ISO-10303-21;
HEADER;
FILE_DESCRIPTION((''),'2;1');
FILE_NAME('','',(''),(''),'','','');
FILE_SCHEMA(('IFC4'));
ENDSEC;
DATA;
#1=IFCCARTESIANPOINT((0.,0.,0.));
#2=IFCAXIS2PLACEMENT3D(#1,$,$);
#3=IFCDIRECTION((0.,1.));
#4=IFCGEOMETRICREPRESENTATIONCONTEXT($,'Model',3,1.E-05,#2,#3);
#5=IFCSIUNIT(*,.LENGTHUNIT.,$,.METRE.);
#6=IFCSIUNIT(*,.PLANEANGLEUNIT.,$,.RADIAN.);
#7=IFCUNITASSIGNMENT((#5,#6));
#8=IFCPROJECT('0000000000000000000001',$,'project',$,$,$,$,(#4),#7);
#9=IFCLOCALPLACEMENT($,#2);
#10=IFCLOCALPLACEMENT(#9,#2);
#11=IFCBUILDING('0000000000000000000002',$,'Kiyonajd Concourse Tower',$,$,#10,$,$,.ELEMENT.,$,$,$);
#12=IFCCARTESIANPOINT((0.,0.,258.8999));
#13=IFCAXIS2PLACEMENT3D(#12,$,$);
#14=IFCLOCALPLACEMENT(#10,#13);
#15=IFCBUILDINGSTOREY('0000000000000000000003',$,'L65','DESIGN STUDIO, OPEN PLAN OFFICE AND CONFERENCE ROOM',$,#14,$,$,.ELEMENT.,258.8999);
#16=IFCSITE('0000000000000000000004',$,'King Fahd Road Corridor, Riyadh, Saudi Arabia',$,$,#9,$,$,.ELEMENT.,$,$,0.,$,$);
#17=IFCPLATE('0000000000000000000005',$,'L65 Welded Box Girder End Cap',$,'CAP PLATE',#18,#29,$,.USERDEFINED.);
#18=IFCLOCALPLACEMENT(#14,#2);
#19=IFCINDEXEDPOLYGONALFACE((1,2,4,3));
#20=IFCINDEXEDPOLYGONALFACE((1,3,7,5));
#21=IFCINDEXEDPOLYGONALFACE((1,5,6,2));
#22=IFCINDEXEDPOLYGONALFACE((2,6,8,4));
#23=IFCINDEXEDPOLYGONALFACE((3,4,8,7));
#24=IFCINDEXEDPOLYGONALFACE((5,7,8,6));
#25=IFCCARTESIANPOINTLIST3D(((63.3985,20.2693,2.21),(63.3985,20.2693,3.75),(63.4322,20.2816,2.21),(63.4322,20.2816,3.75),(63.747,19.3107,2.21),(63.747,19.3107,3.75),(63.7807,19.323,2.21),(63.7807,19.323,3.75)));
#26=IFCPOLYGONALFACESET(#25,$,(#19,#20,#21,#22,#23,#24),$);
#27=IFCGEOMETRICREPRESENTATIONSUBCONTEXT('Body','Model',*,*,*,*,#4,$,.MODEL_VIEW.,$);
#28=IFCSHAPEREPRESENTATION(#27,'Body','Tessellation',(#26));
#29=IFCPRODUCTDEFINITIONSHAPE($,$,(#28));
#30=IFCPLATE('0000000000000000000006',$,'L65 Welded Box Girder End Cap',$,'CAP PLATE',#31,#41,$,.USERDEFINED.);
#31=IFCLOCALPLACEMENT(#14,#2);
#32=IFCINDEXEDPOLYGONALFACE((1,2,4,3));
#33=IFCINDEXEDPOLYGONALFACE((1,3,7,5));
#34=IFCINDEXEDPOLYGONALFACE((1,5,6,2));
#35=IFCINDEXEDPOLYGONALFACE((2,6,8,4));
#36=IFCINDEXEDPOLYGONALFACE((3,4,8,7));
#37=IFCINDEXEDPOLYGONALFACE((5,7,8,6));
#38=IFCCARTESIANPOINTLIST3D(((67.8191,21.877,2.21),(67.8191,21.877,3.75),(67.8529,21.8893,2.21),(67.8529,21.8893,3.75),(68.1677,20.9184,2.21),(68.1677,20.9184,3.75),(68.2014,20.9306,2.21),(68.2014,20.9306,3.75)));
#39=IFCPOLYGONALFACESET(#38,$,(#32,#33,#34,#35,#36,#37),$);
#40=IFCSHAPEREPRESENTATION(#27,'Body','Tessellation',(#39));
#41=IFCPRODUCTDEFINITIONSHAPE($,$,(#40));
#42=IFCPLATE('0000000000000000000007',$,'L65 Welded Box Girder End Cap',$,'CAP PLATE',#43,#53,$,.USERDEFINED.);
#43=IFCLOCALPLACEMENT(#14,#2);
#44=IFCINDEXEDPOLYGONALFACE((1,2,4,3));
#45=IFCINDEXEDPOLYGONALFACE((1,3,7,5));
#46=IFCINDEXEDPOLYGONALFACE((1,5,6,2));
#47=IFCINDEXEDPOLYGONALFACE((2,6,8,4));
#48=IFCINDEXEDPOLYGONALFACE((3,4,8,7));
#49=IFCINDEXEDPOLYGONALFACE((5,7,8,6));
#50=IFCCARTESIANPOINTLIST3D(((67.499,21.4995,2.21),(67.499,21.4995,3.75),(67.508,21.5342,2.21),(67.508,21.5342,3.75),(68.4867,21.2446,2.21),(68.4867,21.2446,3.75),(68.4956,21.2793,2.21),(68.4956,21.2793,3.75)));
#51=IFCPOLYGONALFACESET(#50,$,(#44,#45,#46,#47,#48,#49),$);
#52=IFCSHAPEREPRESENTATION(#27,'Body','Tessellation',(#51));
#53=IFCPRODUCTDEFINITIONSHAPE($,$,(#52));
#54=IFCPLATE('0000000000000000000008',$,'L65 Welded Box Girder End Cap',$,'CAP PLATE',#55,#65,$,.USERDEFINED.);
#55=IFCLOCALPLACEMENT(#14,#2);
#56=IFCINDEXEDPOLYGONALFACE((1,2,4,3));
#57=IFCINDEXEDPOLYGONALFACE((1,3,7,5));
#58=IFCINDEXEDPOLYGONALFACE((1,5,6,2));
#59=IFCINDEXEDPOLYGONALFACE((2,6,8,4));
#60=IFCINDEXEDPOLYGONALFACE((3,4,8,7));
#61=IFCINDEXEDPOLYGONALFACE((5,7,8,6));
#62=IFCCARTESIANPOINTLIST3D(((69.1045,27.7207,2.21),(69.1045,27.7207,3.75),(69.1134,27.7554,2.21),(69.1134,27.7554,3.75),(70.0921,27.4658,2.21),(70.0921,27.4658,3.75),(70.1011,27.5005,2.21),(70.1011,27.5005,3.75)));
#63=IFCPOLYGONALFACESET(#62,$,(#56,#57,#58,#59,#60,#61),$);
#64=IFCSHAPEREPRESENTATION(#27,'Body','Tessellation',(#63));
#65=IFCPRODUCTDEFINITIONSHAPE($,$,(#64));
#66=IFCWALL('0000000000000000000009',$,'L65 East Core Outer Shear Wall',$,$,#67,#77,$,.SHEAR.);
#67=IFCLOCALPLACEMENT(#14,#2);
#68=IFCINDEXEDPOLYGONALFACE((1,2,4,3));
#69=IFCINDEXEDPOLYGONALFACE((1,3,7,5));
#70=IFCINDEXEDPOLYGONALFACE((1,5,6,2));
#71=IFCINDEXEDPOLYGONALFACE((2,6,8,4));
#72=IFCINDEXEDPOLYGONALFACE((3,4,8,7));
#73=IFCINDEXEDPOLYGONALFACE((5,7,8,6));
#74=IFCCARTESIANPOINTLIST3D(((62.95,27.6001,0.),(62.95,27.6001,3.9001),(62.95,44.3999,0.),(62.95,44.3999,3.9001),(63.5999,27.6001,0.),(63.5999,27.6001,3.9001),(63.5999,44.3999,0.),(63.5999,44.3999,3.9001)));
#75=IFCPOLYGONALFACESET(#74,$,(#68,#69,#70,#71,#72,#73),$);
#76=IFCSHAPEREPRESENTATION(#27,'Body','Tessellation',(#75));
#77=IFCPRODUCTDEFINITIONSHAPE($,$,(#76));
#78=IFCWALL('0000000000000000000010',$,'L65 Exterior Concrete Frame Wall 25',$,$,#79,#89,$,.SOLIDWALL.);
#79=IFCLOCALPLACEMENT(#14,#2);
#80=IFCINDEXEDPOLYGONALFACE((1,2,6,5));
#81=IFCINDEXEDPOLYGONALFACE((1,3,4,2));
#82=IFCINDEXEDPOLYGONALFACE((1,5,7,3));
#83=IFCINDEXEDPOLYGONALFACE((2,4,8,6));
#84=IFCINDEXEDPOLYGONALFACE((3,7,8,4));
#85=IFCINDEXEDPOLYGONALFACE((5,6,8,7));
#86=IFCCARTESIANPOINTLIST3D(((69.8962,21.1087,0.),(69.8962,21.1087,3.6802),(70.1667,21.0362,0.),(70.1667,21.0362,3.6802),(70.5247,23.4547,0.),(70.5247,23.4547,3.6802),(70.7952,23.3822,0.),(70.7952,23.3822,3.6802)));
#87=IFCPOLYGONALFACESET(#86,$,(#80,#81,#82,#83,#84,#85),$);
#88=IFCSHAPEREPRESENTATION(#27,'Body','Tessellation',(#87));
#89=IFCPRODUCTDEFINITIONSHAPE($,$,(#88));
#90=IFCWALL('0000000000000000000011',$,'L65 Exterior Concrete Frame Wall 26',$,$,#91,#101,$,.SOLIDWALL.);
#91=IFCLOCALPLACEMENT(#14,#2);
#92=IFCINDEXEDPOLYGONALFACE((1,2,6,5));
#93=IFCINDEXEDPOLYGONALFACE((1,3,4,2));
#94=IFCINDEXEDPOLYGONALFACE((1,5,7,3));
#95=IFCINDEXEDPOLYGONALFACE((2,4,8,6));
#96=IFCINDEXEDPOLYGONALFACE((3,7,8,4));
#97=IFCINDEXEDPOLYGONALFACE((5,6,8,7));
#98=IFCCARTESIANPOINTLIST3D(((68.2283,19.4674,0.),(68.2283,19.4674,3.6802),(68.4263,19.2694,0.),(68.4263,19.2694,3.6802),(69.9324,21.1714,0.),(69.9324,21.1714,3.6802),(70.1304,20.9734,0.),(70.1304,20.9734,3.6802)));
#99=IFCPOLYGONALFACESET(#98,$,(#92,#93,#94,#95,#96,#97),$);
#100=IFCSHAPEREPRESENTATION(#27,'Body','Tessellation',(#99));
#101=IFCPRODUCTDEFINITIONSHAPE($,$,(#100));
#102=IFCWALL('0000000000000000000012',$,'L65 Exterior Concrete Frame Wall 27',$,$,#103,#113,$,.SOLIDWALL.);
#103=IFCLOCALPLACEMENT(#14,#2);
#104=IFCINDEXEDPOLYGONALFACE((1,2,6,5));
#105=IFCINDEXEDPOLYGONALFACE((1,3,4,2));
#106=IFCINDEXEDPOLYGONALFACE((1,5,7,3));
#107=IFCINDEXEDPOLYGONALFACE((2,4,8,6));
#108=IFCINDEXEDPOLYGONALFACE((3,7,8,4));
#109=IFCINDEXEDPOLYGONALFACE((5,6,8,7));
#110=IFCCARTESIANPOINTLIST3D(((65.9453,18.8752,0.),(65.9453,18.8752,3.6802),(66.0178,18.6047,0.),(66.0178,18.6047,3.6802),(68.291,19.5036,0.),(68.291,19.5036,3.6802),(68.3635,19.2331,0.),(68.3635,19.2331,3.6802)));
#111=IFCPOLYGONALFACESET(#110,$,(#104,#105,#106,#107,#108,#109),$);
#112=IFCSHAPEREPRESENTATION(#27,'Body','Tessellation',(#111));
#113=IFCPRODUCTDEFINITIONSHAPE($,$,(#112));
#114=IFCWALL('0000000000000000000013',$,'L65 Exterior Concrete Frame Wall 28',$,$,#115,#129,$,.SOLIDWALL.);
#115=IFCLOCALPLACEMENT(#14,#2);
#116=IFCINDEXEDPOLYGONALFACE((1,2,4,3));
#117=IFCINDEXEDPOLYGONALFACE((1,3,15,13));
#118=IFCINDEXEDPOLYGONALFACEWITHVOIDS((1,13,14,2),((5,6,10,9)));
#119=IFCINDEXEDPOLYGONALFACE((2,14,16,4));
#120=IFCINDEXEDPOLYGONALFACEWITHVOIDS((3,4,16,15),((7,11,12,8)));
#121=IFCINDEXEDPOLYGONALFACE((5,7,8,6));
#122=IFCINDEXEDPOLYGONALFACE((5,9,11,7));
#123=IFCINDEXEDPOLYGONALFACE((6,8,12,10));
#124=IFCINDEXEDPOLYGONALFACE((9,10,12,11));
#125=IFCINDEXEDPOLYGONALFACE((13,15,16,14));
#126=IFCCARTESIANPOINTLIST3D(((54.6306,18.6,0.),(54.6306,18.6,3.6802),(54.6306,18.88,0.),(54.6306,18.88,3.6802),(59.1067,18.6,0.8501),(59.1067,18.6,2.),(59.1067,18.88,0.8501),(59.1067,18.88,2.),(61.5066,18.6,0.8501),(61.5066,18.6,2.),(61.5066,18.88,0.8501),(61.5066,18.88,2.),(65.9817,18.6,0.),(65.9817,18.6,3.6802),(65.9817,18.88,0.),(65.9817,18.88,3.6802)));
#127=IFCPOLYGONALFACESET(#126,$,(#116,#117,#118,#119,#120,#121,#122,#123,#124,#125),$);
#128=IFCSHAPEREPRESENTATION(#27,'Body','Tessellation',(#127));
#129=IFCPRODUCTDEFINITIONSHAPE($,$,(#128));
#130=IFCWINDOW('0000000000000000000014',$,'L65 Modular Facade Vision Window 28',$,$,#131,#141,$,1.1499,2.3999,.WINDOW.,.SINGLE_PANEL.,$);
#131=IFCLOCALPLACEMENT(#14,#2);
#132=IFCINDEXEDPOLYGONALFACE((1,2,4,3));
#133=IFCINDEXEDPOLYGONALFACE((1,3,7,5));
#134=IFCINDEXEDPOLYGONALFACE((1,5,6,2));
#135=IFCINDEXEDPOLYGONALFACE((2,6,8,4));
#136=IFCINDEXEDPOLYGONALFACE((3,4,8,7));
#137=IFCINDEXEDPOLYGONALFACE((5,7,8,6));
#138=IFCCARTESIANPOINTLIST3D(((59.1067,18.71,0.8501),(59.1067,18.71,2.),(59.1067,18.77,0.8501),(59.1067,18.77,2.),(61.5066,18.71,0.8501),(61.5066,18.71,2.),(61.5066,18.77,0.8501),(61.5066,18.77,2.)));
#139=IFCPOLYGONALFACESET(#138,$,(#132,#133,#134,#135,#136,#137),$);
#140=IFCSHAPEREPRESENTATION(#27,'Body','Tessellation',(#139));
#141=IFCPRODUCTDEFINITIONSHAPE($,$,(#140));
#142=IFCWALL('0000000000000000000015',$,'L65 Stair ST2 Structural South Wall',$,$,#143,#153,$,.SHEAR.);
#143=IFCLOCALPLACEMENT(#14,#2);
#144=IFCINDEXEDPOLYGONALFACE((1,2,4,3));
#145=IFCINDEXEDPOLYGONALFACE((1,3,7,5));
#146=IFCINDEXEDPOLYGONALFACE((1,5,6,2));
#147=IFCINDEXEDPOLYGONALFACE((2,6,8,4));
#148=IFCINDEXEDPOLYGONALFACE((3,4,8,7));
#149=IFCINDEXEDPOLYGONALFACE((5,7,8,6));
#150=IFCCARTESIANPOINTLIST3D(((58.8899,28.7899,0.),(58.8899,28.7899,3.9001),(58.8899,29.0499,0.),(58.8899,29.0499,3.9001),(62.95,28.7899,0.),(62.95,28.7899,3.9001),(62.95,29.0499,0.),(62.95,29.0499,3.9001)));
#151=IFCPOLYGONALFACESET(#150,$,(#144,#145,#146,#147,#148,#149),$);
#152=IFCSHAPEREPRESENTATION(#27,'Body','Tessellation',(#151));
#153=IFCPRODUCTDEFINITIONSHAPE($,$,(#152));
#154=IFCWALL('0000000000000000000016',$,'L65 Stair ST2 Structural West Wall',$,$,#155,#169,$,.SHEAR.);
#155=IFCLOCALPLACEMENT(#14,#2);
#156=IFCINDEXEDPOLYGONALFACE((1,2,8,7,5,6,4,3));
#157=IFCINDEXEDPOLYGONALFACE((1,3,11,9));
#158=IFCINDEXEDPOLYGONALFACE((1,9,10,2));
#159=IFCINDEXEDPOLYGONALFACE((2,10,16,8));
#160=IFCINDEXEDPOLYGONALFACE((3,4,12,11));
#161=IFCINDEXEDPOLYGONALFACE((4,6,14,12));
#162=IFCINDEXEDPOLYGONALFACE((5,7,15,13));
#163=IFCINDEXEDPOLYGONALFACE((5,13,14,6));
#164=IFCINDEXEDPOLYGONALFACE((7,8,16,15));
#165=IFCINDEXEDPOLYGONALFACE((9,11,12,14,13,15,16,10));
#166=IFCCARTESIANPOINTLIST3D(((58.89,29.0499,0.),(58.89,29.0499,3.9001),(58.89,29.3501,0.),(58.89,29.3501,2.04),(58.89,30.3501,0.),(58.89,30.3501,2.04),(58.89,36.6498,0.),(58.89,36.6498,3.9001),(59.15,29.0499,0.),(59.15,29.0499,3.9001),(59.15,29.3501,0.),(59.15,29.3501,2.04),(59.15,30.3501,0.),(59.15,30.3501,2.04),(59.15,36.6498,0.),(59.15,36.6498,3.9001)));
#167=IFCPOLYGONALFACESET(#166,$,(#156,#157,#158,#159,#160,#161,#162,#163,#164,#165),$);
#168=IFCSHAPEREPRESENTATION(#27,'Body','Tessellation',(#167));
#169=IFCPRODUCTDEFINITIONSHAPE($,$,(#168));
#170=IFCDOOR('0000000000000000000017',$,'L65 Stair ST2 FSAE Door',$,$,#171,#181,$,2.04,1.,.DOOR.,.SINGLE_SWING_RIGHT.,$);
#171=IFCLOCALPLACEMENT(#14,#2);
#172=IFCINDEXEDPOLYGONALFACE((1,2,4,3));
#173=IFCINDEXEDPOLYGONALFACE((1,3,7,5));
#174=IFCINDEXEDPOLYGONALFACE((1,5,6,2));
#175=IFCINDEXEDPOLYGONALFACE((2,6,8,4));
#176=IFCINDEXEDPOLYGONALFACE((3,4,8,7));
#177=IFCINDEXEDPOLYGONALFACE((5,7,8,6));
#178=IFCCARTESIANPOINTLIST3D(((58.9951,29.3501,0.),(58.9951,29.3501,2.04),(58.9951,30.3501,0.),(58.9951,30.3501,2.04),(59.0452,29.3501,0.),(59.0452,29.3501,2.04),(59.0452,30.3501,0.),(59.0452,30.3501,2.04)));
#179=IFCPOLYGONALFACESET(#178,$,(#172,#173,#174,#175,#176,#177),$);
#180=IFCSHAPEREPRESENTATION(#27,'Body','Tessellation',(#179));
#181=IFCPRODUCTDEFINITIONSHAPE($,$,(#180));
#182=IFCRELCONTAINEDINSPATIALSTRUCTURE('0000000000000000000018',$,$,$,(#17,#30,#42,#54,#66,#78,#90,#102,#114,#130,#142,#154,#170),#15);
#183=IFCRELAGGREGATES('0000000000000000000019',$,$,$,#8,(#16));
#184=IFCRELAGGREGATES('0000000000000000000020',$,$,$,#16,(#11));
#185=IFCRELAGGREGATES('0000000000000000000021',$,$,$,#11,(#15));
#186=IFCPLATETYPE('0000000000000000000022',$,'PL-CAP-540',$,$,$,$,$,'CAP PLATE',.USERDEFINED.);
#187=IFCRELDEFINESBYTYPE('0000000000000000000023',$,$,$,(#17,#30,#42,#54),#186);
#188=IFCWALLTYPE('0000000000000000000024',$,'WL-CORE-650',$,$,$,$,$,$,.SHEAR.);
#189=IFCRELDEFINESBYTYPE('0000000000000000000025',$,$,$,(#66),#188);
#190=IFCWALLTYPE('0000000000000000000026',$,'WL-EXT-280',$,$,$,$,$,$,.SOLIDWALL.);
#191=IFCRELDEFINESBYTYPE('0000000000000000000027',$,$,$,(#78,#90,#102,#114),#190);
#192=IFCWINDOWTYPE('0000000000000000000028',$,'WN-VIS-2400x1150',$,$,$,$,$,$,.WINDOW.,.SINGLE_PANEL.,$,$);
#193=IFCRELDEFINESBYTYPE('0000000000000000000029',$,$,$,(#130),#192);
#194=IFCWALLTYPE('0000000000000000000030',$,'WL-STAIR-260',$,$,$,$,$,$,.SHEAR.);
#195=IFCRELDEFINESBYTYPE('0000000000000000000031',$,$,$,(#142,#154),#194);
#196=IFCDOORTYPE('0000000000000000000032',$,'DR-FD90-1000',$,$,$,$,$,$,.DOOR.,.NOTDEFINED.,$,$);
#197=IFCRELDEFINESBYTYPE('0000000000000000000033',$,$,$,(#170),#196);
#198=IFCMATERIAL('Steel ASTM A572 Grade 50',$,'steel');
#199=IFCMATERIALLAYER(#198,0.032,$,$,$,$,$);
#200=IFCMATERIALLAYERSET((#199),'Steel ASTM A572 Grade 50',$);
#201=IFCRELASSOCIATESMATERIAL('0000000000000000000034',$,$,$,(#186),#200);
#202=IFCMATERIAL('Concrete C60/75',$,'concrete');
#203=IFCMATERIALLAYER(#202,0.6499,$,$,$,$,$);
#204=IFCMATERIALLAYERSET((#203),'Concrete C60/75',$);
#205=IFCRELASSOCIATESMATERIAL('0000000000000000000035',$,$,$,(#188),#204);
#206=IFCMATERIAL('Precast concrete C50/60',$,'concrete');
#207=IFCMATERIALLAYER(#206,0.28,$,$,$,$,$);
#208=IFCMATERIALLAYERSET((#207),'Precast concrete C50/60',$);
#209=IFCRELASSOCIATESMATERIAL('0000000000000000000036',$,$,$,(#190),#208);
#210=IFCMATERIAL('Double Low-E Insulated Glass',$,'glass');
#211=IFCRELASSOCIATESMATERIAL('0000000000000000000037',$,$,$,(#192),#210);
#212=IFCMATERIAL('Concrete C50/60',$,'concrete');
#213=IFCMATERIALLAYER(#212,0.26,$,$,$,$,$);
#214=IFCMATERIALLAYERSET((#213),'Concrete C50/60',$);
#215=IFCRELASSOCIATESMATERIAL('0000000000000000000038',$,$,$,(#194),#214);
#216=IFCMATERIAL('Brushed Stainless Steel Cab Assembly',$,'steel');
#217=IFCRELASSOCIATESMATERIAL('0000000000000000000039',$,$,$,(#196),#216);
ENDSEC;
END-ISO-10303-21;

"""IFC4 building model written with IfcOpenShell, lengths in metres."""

from ifc_helpers import new_model, si_unit, direction, frame, frame_2d, origin, origin_2d, place, context, subcontext, project, spatial, rectangle, extrude, material, layer, layer_set, type_object, element, fill, save


model = new_model("IFC4")

# Units and contexts
model_context = context("Model", 3, precision=1e-05, world=origin(), true_north=direction((0.0, 1.0)))
body_context = subcontext(model_context, "Body", "Model", "MODEL_VIEW")
ifc_project = project(units=[si_unit("LENGTHUNIT", "METRE"), si_unit("PLANEANGLEUNIT", "RADIAN")], contexts=[model_context])

# Site, building, storey
site_placement = place(None, origin())
site = spatial("IfcSite", under=ifc_project, at=site_placement, Name="King Fahd Road Corridor, Riyadh, Saudi Arabia", CompositionType="ELEMENT", RefElevation=0.0)
building_placement = place(site_placement, origin())
building = spatial("IfcBuilding", under=site, at=building_placement, Name="Kiyonajd Concourse Tower", CompositionType="ELEMENT")
storey_placement = place(building_placement, frame((0.0, 0.0, 258.8999)))
storey = spatial("IfcBuildingStorey", under=building, at=storey_placement, Name="L65", Description="DESIGN STUDIO, OPEN PLAN OFFICE AND CONFERENCE ROOM", CompositionType="ELEMENT", Elevation=258.8999)

# Shared definitions
ifc_material_1 = material(Name="Concrete C60/75", Category="concrete")

# Shared definitions
ifc_material_2 = material(Name="Steel ASTM A572 Grade 50", Category="steel")

# Plates
ifc_layer_1 = layer(ifc_material_2, 0.032)
ifc_layer_set_1 = layer_set([ifc_layer_1], Name="Steel ASTM A572 Grade 50")
plate_type = type_object("IfcPlateType", Name="PL-CAP-540", ElementType="CAP PLATE", PredefinedType="USERDEFINED", material=ifc_layer_set_1)
for number, where, z_axis, x_axis, name in (
    (1, (63.5896, 19.7961, 2.21), (0.0, 0.0, 1.0), (-0.939812, -0.341692, 0.0), "L65 Welded Box Girder End Cap"),
    (2, (68.0103, 21.4038, 2.21), (0.0, 0.0, 1.0), (0.939812, 0.341692, 0.0), "L65 Welded Box Girder End Cap"),
    (3, (67.9973, 21.3894, 2.21), (0.0, 0.0, 1.0), (-0.249873, -0.968279, 0.0), "L65 Welded Box Girder End Cap"),
    (4, (69.6028, 27.6106, 2.21), (0.0, 0.0, 1.0), (0.249873, 0.968279, 0.0), "L65 Welded Box Girder End Cap"),
):
    element("IfcPlate", number, at=place(storey_placement, frame(where, z_axis=z_axis, x_axis=x_axis)), inside=storey, type_object=plate_type, Name=name, ObjectType="CAP PLATE", PredefinedType="USERDEFINED", context=body_context, shape_type="SweptSolid", body=[
        extrude(rectangle(XDim=0.0359, YDim=1.02, at=origin_2d()), origin(), (0.0, 0.0, 1.0), 1.54),
    ])

# Walls
ifc_layer_2 = layer(ifc_material_1, 0.6499)
ifc_layer_set_2 = layer_set([ifc_layer_2], Name="Concrete C60/75")
wall_type_1 = type_object("IfcWallType", Name="WL-CORE-650", PredefinedType="SHEAR", material=ifc_layer_set_2)
wall_1_placement = place(storey_placement, frame((63.2749, 27.6001, 0.0), z_axis=(0.0, 0.0, 1.0), x_axis=(0.0, 1.0, 0.0)))
element("IfcWall", 5, at=wall_1_placement, inside=storey, type_object=wall_type_1, Name="L65 East Core Outer Shear Wall", PredefinedType="SHEAR", context=body_context, shape_type="SweptSolid", body=[
    extrude(rectangle(XDim=16.7998, YDim=0.6499, at=frame_2d((8.3999, 0.0))), origin(), (0.0, 0.0, 1.0), 3.9001),
])
ifc_material_3 = material(Name="Precast concrete C50/60", Category="concrete")
ifc_layer_3 = layer(ifc_material_3, 0.28)
ifc_layer_set_3 = layer_set([ifc_layer_3], Name="Precast concrete C50/60")
wall_type_2 = type_object("IfcWallType", Name="WL-EXT-280", PredefinedType="SOLIDWALL", material=ifc_layer_set_3)
wall_2_placement = place(storey_placement, frame((70.6599, 23.4185, 0.0), z_axis=(0.0, 0.0, 1.0), x_axis=(-0.258751, -0.965944, 0.0)))
element("IfcWall", 6, at=wall_2_placement, inside=storey, type_object=wall_type_2, Name="L65 Exterior Concrete Frame Wall 25", PredefinedType="SOLIDWALL", context=body_context, shape_type="SweptSolid", body=[
    extrude(rectangle(XDim=2.4287, YDim=0.28, at=frame_2d((1.2144, 0.0))), origin(), (0.0, 0.0, 1.0), 3.6802),
])
wall_3_placement = place(storey_placement, frame((70.0315, 21.0725, 0.0), z_axis=(0.0, 0.0, 1.0), x_axis=(-0.707107, -0.707107, 0.0)))
element("IfcWall", 7, at=wall_3_placement, inside=storey, type_object=wall_type_2, Name="L65 Exterior Concrete Frame Wall 26", PredefinedType="SOLIDWALL", context=body_context, shape_type="SweptSolid", body=[
    extrude(rectangle(XDim=2.4099, YDim=0.28, at=frame_2d((1.2051, 0.0))), origin(), (0.0, 0.0, 1.0), 3.6802),
])
wall_4_placement = place(storey_placement, frame((68.3274, 19.3684, 0.0), z_axis=(0.0, 0.0, 1.0), x_axis=(-0.965937, -0.258776, 0.0)))
element("IfcWall", 8, at=wall_4_placement, inside=storey, type_object=wall_type_2, Name="L65 Exterior Concrete Frame Wall 27", PredefinedType="SOLIDWALL", context=body_context, shape_type="SweptSolid", body=[
    extrude(rectangle(XDim=2.4285, YDim=0.28, at=frame_2d((1.2144, 0.0))), origin(), (0.0, 0.0, 1.0), 3.6802),
])

# Wall, opening, window
wall_5_placement = place(storey_placement, frame((65.9817, 18.74, 0.0), z_axis=(0.0, 0.0, 1.0), x_axis=(-1.0, 0.0, 0.0)))
wall_5 = element("IfcWall", 9, at=wall_5_placement, inside=storey, type_object=wall_type_2, Name="L65 Exterior Concrete Frame Wall 28", PredefinedType="SOLIDWALL", context=body_context, shape_type="SweptSolid", body=[
    extrude(rectangle(XDim=11.3511, YDim=0.28, at=frame_2d((5.6755, 0.0))), origin(), (0.0, 0.0, 1.0), 3.6802),
])
opening_1_placement = place(wall_5_placement, frame((4.4751, 0.0, 0.8501)))
opening_1 = element("IfcOpeningElement", 10, at=opening_1_placement, cuts=wall_5, PredefinedType="OPENING", context=body_context, shape_type="SweptSolid", body=[
    extrude(rectangle(XDim=2.3999, YDim=1.1499, at=frame_2d((1.2, 0.575))), frame((0.0, 0.1499, 0.0), z_axis=(0.0, -1.0, 0.0), x_axis=(1.0, 0.0, 0.0)), (0.0, 0.0, 1.0), 0.3),
])
ifc_material_4 = material(Name="Double Low-E Insulated Glass", Category="glass")
window_type = type_object("IfcWindowType", Name="WN-VIS-2400x1150", PartitioningType="SINGLE_PANEL", PredefinedType="WINDOW", material=ifc_material_4)
window_placement = place(opening_1_placement, origin())
window = element("IfcWindow", 11, at=window_placement, inside=storey, type_object=window_type, Name="L65 Modular Facade Vision Window 28", OverallHeight=1.1499, OverallWidth=2.3999, PartitioningType="SINGLE_PANEL", PredefinedType="WINDOW", context=body_context, shape_type="SweptSolid", body=[
    extrude(rectangle(XDim=2.3999, YDim=1.1499, at=frame_2d((1.2, 0.575))), frame((0.0, 0.03, 0.0), z_axis=(0.0, -1.0, 0.0), x_axis=(1.0, 0.0, 0.0)), (0.0, 0.0, 1.0), 0.0601),
])
fill(opening_1, window)

# Wall
ifc_material_5 = material(Name="Concrete C50/60", Category="concrete")
ifc_layer_4 = layer(ifc_material_5, 0.26)
ifc_layer_set_4 = layer_set([ifc_layer_4], Name="Concrete C50/60")
wall_type_3 = type_object("IfcWallType", Name="WL-STAIR-260", PredefinedType="SHEAR", material=ifc_layer_set_4)
wall_6_placement = place(storey_placement, frame((58.8899, 28.9199, 0.0), z_axis=(0.0, 0.0, 1.0), x_axis=(1.0, 0.0, 0.0)))
element("IfcWall", 12, at=wall_6_placement, inside=storey, type_object=wall_type_3, Name="L65 Stair ST2 Structural South Wall", PredefinedType="SHEAR", context=body_context, shape_type="SweptSolid", body=[
    extrude(rectangle(XDim=4.0601, YDim=0.26, at=frame_2d((2.03, 0.0))), origin(), (0.0, 0.0, 1.0), 3.9001),
])

# Wall, opening, door
wall_7_placement = place(storey_placement, frame((59.02, 29.05, 0.0), z_axis=(0.0, 0.0, 1.0), x_axis=(0.0, 1.0, 0.0)))
wall_7 = element("IfcWall", 13, at=wall_7_placement, inside=storey, type_object=wall_type_3, Name="L65 Stair ST2 Structural West Wall", PredefinedType="SHEAR", context=body_context, shape_type="SweptSolid", body=[
    extrude(rectangle(XDim=7.5999, YDim=0.26, at=frame_2d((3.7998, 0.0))), origin(), (0.0, 0.0, 1.0), 3.9001),
])
opening_2_placement = place(wall_7_placement, frame((0.3, 0.0, 0.0)))
opening_2 = element("IfcOpeningElement", 14, at=opening_2_placement, cuts=wall_7, PredefinedType="OPENING", context=body_context, shape_type="SweptSolid", body=[
    extrude(rectangle(XDim=1.0, YDim=2.04, at=frame_2d((0.5, 1.02))), frame((0.0, 0.1399, 0.0), z_axis=(0.0, -1.0, 0.0), x_axis=(1.0, 0.0, 0.0)), (0.0, 0.0, 1.0), 0.28),
])
ifc_material_6 = material(Name="Brushed Stainless Steel Cab Assembly", Category="steel")
door_type = type_object("IfcDoorType", Name="DR-FD90-1000", OperationType="NOTDEFINED", PredefinedType="DOOR", material=ifc_material_6)
door_placement = place(opening_2_placement, origin())
door = element("IfcDoor", 15, at=door_placement, inside=storey, type_object=door_type, Name="L65 Stair ST2 FSAE Door", OperationType="SINGLE_SWING_RIGHT", OverallHeight=2.04, OverallWidth=1.0, PredefinedType="DOOR", context=body_context, shape_type="SweptSolid", body=[
    extrude(rectangle(XDim=1.0, YDim=2.04, at=frame_2d((0.5, 1.02))), frame((0.0, 0.0249, 0.0), z_axis=(0.0, -1.0, 0.0), x_axis=(1.0, 0.0, 0.0)), (0.0, 0.0, 1.0), 0.05),
])
fill(opening_2, door)

save(model, "model.ifc")
